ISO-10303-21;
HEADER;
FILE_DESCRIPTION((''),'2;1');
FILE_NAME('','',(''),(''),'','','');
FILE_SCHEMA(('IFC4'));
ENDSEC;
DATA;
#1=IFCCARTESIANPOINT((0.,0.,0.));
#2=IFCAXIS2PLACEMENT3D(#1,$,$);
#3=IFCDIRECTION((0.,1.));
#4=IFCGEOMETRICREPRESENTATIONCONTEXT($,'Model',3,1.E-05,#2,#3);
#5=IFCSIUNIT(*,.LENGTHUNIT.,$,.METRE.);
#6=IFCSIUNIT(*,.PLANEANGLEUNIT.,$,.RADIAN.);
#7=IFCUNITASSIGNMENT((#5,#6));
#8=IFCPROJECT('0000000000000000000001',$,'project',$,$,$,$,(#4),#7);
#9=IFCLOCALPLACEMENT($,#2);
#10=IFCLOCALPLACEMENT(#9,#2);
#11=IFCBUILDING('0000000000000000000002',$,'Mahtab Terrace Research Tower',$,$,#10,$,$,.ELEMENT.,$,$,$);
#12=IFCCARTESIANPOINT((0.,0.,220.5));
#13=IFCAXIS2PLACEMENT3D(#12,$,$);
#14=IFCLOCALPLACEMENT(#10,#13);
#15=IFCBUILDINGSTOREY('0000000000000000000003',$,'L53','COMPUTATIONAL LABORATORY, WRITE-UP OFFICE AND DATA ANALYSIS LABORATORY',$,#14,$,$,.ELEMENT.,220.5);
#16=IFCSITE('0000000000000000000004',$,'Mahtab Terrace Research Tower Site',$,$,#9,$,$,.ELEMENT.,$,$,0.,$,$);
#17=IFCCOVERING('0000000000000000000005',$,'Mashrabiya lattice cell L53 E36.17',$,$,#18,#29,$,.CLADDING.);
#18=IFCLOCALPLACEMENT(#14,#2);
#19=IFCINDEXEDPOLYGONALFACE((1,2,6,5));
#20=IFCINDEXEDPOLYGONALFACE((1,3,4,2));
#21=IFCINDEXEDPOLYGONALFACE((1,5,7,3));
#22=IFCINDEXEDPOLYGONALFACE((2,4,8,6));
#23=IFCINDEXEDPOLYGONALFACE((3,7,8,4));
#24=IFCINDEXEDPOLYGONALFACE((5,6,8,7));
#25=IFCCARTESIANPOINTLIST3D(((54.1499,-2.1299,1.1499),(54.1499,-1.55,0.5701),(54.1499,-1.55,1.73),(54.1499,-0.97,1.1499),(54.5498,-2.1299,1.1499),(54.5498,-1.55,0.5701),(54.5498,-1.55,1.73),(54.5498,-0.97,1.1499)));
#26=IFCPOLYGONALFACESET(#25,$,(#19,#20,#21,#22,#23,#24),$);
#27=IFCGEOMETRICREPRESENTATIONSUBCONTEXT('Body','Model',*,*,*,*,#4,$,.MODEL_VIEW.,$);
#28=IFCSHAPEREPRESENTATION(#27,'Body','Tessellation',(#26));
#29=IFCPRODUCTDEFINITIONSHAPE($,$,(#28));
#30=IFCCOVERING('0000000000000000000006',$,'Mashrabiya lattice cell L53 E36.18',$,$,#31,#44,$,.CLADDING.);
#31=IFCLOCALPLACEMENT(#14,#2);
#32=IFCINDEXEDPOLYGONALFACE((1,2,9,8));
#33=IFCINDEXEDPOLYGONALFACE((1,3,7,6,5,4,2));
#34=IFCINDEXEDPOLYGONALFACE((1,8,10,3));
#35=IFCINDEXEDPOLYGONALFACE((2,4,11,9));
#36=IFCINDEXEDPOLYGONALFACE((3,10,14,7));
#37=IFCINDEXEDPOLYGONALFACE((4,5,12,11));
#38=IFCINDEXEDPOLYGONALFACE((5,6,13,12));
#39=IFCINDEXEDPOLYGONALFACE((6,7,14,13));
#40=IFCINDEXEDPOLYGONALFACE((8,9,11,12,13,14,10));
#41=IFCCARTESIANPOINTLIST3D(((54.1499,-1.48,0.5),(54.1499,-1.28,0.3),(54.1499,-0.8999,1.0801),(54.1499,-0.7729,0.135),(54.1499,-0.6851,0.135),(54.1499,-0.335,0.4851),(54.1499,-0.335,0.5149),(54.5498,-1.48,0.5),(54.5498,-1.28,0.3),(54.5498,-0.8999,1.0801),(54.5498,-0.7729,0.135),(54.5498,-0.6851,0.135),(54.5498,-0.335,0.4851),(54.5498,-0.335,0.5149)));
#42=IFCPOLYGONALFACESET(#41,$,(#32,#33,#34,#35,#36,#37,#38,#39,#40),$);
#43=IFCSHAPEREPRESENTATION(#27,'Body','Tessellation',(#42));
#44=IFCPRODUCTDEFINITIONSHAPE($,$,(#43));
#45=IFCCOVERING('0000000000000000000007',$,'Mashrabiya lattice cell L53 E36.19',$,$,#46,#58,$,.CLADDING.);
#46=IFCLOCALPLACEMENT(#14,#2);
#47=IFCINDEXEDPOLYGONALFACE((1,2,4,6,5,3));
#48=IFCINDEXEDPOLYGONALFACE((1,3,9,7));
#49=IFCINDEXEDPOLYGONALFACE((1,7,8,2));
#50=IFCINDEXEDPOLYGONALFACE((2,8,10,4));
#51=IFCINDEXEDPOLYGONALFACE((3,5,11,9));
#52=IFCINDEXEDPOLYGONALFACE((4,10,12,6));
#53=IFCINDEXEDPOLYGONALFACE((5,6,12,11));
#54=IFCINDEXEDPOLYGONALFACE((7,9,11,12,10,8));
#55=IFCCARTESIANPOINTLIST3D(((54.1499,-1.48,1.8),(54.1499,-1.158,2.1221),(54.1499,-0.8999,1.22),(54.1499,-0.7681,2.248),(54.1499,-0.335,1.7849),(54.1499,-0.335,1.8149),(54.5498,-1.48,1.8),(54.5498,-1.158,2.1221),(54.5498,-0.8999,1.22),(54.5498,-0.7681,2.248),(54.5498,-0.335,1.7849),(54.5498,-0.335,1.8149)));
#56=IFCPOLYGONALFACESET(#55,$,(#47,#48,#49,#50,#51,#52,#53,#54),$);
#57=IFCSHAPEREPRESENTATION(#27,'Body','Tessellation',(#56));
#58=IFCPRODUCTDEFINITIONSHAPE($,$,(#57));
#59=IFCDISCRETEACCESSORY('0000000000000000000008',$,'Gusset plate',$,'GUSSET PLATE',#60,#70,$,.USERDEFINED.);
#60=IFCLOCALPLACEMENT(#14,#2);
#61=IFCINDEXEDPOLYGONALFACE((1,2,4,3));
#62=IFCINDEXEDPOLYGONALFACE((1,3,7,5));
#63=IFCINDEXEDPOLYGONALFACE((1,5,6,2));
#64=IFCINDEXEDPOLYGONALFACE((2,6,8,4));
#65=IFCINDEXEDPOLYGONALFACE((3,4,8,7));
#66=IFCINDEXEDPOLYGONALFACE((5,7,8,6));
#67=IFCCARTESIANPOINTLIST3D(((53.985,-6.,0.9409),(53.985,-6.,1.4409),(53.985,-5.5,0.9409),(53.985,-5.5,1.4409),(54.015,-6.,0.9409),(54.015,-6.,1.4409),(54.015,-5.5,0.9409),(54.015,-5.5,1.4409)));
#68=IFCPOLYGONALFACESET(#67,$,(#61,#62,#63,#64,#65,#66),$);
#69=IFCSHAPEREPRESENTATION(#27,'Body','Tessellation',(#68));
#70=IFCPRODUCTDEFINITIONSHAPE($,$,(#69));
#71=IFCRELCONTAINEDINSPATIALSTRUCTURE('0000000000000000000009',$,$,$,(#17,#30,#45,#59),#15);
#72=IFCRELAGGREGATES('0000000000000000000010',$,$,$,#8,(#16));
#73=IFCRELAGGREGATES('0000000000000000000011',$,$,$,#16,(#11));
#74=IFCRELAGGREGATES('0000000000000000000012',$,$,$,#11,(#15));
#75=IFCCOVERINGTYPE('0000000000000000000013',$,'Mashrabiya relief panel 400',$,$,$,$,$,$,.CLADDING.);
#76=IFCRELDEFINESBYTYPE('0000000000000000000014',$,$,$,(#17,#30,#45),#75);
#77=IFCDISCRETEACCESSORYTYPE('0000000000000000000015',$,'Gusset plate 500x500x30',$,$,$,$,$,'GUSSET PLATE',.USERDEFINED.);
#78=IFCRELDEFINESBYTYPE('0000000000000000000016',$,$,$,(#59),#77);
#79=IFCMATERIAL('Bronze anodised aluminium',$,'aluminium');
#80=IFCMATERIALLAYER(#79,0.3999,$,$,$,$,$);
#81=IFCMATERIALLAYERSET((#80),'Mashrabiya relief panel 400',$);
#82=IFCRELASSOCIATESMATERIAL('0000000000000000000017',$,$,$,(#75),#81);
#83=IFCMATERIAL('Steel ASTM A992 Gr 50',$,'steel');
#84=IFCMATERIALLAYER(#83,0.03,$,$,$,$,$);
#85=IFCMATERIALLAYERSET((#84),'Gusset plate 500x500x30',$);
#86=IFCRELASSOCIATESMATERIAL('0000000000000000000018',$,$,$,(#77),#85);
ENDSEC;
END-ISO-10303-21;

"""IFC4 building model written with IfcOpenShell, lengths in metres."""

from ifc_helpers import new_model, si_unit, direction, frame, origin, origin_2d, place, context, subcontext, project, spatial, polyline, rectangle, outline, extrude, material, layer, layer_set, type_object, element, save


model = new_model("IFC4")

# Units and contexts
model_context = context("Model", 3, precision=1e-05, world=origin(), true_north=direction((0.0, 1.0)))
body_context = subcontext(model_context, "Body", "Model", "MODEL_VIEW")
ifc_project = project(units=[si_unit("LENGTHUNIT", "METRE"), si_unit("PLANEANGLEUNIT", "RADIAN")], contexts=[model_context])

# Site, building, storey
site_placement = place(None, origin())
site = spatial("IfcSite", under=ifc_project, at=site_placement, Name="Mahtab Terrace Research Tower Site", CompositionType="ELEMENT", RefElevation=0.0)
building_placement = place(site_placement, origin())
building = spatial("IfcBuilding", under=site, at=building_placement, Name="Mahtab Terrace Research Tower", CompositionType="ELEMENT")
storey_placement = place(building_placement, frame((0.0, 0.0, 220.5)))
storey = spatial("IfcBuildingStorey", under=building, at=storey_placement, Name="L53", Description="COMPUTATIONAL LABORATORY, WRITE-UP OFFICE AND DATA ANALYSIS LABORATORY", CompositionType="ELEMENT", Elevation=220.5)

# Shared definitions
ifc_material_1 = material(Name="Steel ASTM A992 Gr 50", Category="steel")

# Coverings
ifc_material_2 = material(Name="Bronze anodised aluminium", Category="aluminium")
ifc_layer_1 = layer(ifc_material_2, 0.3999)
ifc_layer_set_1 = layer_set([ifc_layer_1], Name="Mashrabiya relief panel 400")
covering_type = type_object("IfcCoveringType", Name="Mashrabiya relief panel 400", PredefinedType="CLADDING", material=ifc_layer_set_1)
covering_1_placement = place(storey_placement, frame((54.1499, -1.55, 1.73), z_axis=(-1.0, 0.0, 0.0), x_axis=(0.0, 0.707107, -0.707107)))
element("IfcCovering", 1, at=covering_1_placement, inside=storey, type_object=covering_type, Name="Mashrabiya lattice cell L53 E36.17", PredefinedType="CLADDING", context=body_context, shape_type="SweptSolid", body=[
    extrude(outline(polyline([(0.0, 0.0), (0.8204, 0.0), (0.8202, 0.8202), (0.0002, 0.8202), (0.0, 0.0)])), origin(), (0.0, 0.0, -1.0), 0.3999),
])
covering_2_placement = place(storey_placement, frame((54.1499, -1.48, 0.5), z_axis=(-1.0, 0.0, 0.0), x_axis=(0.0, 0.707107, 0.707107)))
element("IfcCovering", 2, at=covering_2_placement, inside=storey, type_object=covering_type, Name="Mashrabiya lattice cell L53 E36.18", PredefinedType="CLADDING", context=body_context, shape_type="SweptSolid", body=[
    extrude(outline(polyline([(0.0, 0.0), (0.8204, 0.0), (0.8202, 0.7991), (0.7991, 0.8202), (0.304, 0.8202), (0.2419, 0.758), (0.0, 0.2828), (0.0, 0.0)])), origin(), (0.0, 0.0, -1.0), 0.3999),
])
covering_3_placement = place(storey_placement, frame((54.1499, -0.8999, 1.22), z_axis=(-1.0, 0.0, 0.0), x_axis=(0.0, -0.707107, 0.707107)))
element("IfcCovering", 3, at=covering_3_placement, inside=storey, type_object=covering_type, Name="Mashrabiya lattice cell L53 E36.19", PredefinedType="CLADDING", context=body_context, shape_type="SweptSolid", body=[
    extrude(outline(polyline([(0.0, 0.0), (0.8204, 0.0), (0.8204, 0.4554), (0.6337, 0.8202), (0.0212, 0.8202), (0.0, 0.7989), (0.0, 0.0)])), origin(), (0.0, 0.0, -1.0), 0.3999),
])

# Discrete accessory
ifc_layer_2 = layer(ifc_material_1, 0.03)
ifc_layer_set_2 = layer_set([ifc_layer_2], Name="Gusset plate 500x500x30")
discrete_accessory_type = type_object("IfcDiscreteAccessoryType", Name="Gusset plate 500x500x30", ElementType="GUSSET PLATE", PredefinedType="USERDEFINED", material=ifc_layer_set_2)
discrete_accessory_placement = place(storey_placement, frame((54.0, -5.75, 0.9409), z_axis=(0.0, 0.0, 1.0), x_axis=(0.0, 1.0, 0.0)))
element("IfcDiscreteAccessory", 4, at=discrete_accessory_placement, inside=storey, type_object=discrete_accessory_type, Name="Gusset plate", ObjectType="GUSSET PLATE", PredefinedType="USERDEFINED", context=body_context, shape_type="SweptSolid", body=[
    extrude(rectangle(XDim=0.5, YDim=0.03, at=origin_2d()), origin(), (0.0, 0.0, 1.0), 0.5),
])

save(model, "model.ifc")
